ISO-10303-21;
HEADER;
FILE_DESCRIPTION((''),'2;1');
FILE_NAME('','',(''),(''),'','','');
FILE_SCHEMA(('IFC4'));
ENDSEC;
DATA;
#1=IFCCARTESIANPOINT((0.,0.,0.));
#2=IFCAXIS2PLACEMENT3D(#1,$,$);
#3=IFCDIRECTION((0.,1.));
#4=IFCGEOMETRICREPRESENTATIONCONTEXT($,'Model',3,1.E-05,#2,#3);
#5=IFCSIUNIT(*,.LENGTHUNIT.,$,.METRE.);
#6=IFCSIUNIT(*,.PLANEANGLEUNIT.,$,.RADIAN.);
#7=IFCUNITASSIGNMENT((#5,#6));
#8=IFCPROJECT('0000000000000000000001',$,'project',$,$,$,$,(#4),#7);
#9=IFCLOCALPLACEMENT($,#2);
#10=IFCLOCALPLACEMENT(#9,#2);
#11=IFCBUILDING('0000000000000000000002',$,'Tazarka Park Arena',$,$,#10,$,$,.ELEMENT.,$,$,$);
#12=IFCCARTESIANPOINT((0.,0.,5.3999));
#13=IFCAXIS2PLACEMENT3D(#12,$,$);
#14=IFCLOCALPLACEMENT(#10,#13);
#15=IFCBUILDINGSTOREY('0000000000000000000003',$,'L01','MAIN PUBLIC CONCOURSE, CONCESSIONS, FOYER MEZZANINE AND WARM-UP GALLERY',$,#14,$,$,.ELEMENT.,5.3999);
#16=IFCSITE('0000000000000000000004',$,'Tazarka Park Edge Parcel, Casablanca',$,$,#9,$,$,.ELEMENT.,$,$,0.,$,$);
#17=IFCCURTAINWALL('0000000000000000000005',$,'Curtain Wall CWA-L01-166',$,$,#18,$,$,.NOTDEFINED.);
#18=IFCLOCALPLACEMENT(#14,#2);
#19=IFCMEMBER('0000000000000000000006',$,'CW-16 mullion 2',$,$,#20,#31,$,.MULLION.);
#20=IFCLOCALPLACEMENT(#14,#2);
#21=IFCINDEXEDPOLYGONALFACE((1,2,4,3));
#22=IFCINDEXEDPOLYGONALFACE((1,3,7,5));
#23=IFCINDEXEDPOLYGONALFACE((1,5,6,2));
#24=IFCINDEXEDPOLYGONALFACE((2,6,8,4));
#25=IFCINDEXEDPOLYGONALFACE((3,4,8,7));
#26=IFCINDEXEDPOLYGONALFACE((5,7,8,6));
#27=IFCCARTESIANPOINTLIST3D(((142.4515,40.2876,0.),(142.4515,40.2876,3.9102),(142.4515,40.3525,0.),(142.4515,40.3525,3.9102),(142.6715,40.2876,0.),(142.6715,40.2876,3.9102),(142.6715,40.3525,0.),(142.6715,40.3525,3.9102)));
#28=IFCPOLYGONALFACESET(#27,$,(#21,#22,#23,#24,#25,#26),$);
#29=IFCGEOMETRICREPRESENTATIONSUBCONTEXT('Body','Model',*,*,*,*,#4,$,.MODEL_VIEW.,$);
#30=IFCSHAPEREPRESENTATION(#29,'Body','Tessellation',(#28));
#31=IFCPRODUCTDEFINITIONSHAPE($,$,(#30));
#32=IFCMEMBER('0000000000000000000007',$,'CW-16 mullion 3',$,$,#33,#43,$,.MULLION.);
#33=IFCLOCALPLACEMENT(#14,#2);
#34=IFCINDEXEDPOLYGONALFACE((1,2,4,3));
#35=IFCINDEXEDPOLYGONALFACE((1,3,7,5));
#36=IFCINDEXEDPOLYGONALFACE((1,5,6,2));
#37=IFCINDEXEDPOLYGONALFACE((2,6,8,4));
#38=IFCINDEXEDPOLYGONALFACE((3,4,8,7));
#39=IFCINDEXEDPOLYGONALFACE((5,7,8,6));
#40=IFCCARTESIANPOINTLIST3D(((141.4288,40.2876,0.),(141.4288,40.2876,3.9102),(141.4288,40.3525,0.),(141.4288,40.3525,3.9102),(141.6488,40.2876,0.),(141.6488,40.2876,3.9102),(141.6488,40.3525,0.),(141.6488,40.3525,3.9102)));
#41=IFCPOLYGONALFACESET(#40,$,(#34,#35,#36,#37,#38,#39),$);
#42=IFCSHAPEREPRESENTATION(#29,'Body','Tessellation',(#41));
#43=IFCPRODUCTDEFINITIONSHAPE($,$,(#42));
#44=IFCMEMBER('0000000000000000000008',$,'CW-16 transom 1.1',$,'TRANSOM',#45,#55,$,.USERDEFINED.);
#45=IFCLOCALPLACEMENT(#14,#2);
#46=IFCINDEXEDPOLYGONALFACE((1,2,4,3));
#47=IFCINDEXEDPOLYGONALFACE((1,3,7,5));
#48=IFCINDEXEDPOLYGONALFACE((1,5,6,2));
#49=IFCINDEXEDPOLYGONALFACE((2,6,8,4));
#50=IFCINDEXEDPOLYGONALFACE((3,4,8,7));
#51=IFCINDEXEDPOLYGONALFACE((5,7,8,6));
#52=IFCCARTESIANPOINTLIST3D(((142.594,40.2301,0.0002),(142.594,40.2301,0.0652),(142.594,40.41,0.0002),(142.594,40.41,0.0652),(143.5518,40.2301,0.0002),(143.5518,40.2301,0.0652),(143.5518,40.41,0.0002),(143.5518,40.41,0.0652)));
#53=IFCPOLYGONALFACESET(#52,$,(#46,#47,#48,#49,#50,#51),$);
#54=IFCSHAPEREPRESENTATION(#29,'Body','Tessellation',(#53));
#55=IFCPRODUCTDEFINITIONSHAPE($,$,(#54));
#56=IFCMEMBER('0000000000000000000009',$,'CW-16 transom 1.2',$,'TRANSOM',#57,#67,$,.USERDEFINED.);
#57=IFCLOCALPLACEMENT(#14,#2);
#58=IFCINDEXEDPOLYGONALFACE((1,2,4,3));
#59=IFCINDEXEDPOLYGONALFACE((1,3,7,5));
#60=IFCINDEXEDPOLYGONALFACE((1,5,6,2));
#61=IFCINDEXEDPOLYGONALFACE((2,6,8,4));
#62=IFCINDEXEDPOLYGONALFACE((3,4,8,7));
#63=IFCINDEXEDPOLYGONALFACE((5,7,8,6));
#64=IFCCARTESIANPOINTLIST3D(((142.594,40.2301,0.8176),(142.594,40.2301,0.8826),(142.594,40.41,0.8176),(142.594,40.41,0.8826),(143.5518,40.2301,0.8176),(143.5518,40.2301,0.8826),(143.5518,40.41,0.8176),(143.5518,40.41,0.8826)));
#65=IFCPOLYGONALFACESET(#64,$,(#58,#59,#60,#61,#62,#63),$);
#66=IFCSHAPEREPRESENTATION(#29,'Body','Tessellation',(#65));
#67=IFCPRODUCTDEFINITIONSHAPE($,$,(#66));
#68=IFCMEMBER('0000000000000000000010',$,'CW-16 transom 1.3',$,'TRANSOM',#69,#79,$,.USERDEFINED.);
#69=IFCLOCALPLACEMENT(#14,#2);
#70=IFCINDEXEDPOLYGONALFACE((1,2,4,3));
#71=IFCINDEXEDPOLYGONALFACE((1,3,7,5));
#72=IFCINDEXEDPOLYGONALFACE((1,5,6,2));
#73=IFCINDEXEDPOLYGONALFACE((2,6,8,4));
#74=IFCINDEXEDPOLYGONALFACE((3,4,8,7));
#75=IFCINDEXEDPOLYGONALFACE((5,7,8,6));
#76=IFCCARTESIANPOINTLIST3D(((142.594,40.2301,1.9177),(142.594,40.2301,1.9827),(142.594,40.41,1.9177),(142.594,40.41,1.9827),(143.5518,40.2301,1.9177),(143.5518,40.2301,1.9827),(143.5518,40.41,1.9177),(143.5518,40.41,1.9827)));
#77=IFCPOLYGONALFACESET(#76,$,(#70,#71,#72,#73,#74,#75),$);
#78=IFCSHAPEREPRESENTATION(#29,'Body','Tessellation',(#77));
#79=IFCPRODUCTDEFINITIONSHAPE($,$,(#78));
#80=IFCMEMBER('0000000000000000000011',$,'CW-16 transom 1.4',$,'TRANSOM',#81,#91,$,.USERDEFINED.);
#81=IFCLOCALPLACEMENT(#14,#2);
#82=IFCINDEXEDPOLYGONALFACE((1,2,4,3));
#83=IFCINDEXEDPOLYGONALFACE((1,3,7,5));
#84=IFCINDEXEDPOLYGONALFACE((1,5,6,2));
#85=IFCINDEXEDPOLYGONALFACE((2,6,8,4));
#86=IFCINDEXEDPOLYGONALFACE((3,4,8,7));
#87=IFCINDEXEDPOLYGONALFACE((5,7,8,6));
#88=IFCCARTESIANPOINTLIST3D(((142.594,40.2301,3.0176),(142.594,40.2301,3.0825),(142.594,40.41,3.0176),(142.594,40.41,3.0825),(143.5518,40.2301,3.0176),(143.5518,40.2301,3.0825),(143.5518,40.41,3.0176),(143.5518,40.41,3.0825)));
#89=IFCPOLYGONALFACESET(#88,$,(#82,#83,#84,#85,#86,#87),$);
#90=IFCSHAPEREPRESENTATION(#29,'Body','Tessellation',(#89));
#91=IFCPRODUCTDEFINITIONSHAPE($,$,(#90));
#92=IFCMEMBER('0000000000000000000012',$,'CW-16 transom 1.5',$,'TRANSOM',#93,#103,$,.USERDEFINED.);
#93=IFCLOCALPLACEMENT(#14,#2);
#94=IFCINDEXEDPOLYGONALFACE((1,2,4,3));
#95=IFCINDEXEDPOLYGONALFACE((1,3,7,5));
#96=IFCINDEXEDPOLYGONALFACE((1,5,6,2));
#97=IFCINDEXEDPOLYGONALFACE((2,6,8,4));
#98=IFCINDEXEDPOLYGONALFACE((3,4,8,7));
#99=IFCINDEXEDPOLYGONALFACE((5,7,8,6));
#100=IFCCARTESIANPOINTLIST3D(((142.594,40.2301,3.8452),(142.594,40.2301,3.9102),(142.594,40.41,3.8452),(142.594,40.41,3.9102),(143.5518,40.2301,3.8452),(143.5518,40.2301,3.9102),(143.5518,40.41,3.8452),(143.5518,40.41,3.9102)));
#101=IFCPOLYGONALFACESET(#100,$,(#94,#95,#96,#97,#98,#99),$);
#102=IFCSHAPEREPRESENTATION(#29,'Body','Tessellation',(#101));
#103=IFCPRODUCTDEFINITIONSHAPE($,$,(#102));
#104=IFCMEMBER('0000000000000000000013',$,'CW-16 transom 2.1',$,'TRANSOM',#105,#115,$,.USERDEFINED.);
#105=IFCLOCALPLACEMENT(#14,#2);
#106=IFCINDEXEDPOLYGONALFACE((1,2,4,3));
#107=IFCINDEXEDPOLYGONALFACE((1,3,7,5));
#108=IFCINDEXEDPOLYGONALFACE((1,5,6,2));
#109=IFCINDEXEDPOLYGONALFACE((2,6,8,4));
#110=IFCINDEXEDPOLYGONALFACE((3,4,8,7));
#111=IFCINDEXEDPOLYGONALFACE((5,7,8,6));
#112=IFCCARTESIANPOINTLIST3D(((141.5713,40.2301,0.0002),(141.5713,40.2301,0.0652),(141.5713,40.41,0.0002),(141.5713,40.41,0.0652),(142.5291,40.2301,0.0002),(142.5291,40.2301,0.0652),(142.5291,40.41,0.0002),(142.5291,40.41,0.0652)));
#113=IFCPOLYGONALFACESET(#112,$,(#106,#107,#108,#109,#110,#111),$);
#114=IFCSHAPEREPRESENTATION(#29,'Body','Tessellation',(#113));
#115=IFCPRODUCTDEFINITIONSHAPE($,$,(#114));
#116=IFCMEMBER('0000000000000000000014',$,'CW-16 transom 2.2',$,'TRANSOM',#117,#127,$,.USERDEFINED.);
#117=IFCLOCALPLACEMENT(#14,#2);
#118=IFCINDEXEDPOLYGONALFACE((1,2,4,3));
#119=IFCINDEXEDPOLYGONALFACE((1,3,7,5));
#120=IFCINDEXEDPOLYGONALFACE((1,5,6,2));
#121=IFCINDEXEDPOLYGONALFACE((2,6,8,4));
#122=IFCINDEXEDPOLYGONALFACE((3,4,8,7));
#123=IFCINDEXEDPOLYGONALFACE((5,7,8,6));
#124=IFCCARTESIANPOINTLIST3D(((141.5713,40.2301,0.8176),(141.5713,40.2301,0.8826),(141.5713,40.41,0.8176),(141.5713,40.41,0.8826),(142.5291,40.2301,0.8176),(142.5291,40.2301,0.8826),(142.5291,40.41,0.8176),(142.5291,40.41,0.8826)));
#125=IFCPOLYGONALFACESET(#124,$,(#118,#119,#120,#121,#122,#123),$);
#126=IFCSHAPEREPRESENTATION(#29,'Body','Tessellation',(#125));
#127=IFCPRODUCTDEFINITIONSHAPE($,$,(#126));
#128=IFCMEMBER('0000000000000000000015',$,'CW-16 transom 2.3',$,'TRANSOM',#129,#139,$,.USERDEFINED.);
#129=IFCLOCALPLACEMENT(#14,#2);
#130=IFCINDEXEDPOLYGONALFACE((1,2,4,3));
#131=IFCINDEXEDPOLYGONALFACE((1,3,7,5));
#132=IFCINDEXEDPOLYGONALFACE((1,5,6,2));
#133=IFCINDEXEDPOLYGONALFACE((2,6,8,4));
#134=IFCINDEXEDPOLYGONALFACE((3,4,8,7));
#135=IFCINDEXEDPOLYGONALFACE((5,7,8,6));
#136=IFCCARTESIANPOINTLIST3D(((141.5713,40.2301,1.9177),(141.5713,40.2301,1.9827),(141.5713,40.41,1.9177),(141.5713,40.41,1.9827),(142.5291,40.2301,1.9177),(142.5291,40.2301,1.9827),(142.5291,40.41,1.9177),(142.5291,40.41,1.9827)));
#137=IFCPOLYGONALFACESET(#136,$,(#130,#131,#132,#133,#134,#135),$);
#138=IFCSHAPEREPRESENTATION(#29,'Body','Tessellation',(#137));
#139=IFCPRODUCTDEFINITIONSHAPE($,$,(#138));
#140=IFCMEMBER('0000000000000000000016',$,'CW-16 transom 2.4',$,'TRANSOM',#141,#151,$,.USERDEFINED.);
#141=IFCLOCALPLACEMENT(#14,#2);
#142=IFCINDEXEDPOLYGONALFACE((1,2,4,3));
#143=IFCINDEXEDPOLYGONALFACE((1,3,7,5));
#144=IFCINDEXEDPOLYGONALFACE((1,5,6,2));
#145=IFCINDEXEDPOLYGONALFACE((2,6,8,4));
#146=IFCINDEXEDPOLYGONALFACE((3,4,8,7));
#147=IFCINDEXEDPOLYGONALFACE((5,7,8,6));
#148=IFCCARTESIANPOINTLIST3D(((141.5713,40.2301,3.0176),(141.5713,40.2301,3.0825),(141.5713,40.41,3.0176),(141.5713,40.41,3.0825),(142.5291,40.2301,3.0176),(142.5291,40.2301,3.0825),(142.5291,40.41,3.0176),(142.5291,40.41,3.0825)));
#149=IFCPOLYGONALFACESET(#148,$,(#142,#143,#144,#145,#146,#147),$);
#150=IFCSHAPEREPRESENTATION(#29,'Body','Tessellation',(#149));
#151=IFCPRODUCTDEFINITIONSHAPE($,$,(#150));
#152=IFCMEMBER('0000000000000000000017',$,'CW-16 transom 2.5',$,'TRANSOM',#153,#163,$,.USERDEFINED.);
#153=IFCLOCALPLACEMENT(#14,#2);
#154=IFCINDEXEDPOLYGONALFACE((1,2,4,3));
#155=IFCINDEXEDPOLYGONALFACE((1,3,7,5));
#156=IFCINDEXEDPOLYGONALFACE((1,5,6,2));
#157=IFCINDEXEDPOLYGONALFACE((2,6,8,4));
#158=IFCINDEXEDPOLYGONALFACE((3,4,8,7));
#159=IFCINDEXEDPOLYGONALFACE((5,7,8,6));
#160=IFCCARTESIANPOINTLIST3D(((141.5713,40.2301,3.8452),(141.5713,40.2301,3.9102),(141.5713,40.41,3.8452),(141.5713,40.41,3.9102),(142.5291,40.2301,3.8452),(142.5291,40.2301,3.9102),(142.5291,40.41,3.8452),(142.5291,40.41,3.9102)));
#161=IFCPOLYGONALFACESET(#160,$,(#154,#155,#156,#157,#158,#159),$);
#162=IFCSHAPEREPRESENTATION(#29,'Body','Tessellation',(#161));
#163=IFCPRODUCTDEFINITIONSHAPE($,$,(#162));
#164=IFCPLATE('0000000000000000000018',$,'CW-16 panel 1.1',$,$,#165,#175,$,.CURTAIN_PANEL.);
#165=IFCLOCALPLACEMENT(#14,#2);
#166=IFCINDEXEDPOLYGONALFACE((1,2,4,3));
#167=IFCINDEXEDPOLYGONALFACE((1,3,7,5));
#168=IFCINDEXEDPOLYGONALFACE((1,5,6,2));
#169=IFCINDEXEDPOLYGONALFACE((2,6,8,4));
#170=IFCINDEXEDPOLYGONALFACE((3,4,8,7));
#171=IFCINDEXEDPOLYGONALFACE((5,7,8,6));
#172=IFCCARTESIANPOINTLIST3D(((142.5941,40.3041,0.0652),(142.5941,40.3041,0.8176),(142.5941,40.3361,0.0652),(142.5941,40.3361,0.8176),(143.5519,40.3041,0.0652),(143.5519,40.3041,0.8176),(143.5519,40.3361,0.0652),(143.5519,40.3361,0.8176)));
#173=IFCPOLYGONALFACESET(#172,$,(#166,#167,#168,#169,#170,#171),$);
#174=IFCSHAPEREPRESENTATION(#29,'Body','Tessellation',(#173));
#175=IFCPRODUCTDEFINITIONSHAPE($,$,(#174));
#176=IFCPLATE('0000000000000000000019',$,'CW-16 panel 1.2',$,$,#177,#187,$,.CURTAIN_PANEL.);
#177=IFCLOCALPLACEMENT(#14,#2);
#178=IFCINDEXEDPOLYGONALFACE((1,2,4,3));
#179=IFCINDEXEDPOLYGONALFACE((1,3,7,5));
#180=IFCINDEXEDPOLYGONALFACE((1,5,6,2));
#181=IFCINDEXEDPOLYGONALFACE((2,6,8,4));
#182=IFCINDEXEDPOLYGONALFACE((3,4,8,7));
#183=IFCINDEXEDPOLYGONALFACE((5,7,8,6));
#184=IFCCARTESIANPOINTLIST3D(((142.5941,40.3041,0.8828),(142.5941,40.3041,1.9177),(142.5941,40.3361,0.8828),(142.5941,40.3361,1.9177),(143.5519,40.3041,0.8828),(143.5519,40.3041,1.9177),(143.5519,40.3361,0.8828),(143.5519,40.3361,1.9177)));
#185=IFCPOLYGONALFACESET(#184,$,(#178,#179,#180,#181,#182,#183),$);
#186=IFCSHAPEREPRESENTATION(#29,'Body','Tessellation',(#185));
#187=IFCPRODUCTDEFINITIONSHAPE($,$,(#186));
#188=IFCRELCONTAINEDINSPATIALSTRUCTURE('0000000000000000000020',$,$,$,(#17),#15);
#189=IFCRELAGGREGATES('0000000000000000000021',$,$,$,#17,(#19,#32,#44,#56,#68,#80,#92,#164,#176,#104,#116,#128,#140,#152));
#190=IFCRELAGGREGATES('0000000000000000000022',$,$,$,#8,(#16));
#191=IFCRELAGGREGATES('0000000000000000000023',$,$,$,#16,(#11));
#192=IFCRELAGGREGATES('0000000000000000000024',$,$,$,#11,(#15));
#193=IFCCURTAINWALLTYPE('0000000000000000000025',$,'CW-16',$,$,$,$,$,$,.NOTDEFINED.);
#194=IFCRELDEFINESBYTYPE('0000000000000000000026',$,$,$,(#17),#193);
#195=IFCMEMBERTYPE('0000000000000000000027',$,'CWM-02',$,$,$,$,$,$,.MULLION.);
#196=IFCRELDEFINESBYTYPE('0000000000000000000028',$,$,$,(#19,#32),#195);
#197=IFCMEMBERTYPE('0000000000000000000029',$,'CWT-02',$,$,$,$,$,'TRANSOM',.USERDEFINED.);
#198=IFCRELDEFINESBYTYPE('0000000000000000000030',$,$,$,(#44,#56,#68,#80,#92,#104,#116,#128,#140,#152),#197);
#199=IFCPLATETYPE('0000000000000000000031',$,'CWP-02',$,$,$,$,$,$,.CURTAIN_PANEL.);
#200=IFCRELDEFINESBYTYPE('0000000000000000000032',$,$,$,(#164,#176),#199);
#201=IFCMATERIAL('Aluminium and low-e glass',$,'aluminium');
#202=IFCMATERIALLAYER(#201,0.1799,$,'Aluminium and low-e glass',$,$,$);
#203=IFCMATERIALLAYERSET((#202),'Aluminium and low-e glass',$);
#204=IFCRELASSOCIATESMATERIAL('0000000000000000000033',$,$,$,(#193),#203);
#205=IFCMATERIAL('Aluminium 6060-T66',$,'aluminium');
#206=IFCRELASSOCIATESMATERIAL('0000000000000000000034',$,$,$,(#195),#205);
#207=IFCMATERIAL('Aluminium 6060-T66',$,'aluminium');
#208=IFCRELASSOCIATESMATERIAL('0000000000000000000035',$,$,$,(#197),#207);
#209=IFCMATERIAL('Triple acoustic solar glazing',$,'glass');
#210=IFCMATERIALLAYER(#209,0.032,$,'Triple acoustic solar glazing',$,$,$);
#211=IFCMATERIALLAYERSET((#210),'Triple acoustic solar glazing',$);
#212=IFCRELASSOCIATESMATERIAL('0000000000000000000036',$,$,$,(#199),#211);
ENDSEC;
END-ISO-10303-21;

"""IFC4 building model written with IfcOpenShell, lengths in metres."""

from ifc_helpers import new_model, si_unit, direction, frame, origin, origin_2d, place, context, subcontext, project, spatial, rectangle, extrude, material, layer, layer_set, material_profile, profile_set, type_object, element, aggregate, save


model = new_model("IFC4")

# Units and contexts
model_context = context("Model", 3, precision=1e-05, world=origin(), true_north=direction((0.0, 1.0)))
body_context = subcontext(model_context, "Body", "Model", "MODEL_VIEW")
ifc_project = project(units=[si_unit("LENGTHUNIT", "METRE"), si_unit("PLANEANGLEUNIT", "RADIAN")], contexts=[model_context])

# Site, building, storey
site_placement = place(None, origin())
site = spatial("IfcSite", under=ifc_project, at=site_placement, Name="Tazarka Park Edge Parcel, Casablanca", CompositionType="ELEMENT", RefElevation=0.0)
building_placement = place(site_placement, origin())
building = spatial("IfcBuilding", under=site, at=building_placement, Name="Tazarka Park Arena", CompositionType="ELEMENT")
storey_placement = place(building_placement, frame((0.0, 0.0, 5.3999)))
storey = spatial("IfcBuildingStorey", under=building, at=storey_placement, Name="L01", Description="MAIN PUBLIC CONCOURSE, CONCESSIONS, FOYER MEZZANINE AND WARM-UP GALLERY", CompositionType="ELEMENT", Elevation=5.3999)

# Curtain wall, members, plates
ifc_material_1 = material(Name="Aluminium and low-e glass", Category="aluminium")
ifc_layer_1 = layer(ifc_material_1, 0.1799, Name="Aluminium and low-e glass")
ifc_layer_set_1 = layer_set([ifc_layer_1], Name="Aluminium and low-e glass")
curtain_wall_type_1 = type_object("IfcCurtainWallType", Name="CW-16", PredefinedType="NOTDEFINED", material=ifc_layer_set_1)
curtain_wall_1_placement = place(storey_placement, origin())
curtain_wall_1 = element("IfcCurtainWall", 1, at=curtain_wall_1_placement, inside=storey, type_object=curtain_wall_type_1, Name="Curtain Wall CWA-L01-166", PredefinedType="NOTDEFINED")
ifc_material_2 = material(Name="Aluminium 6060-T66", Category="aluminium")
ifc_material_profile_1 = material_profile(ifc_material_2, rectangle(XDim=0.0649, YDim=0.22, at=origin_2d()), Name="Aluminium 6060-T66")
ifc_profile_set_1 = profile_set([ifc_material_profile_1], Name="Aluminium 6060-T66")
member_type_1 = type_object("IfcMemberType", Name="CWM-02", PredefinedType="MULLION", material=ifc_profile_set_1)
member_1_placement = place(storey_placement, frame((142.5615, 40.3201, 0.0), z_axis=(0.0, 0.0, 1.0), x_axis=(0.0, -1.0, 0.0)))
member_1 = element("IfcMember", 2, at=member_1_placement, type_object=member_type_1, Name="CW-16 mullion 2", PredefinedType="MULLION", context=body_context, shape_type="SweptSolid", body=[
    extrude(rectangle(XDim=0.0649, YDim=0.22, at=origin_2d()), origin(), (0.0, 0.0, 1.0), 3.9102),
])
member_2_placement = place(storey_placement, frame((141.5388, 40.3201, 0.0), z_axis=(0.0, 0.0, 1.0), x_axis=(0.0, -1.0, 0.0)))
member_2 = element("IfcMember", 3, at=member_2_placement, type_object=member_type_1, Name="CW-16 mullion 3", PredefinedType="MULLION", context=body_context, shape_type="SweptSolid", body=[
    extrude(rectangle(XDim=0.0649, YDim=0.22, at=origin_2d()), origin(), (0.0, 0.0, 1.0), 3.9102),
])
ifc_material_3 = material(Name="Aluminium 6060-T66", Category="aluminium")
ifc_material_profile_2 = material_profile(ifc_material_3, rectangle(XDim=0.1799, YDim=0.0649, at=origin_2d()), Name="Aluminium 6060-T66")
ifc_profile_set_2 = profile_set([ifc_material_profile_2], Name="Aluminium 6060-T66")
member_type_2 = type_object("IfcMemberType", Name="CWT-02", ElementType="TRANSOM", PredefinedType="USERDEFINED", material=ifc_profile_set_2)
member_3_placement = place(storey_placement, frame((143.5518, 40.3201, 0.0327), z_axis=(-1.0, 0.0, 0.0), x_axis=(0.0, -1.0, 0.0)))
member_3 = element("IfcMember", 4, at=member_3_placement, type_object=member_type_2, Name="CW-16 transom 1.1", ObjectType="TRANSOM", PredefinedType="USERDEFINED", context=body_context, shape_type="SweptSolid", body=[
    extrude(rectangle(XDim=0.1799, YDim=0.0649, at=origin_2d()), origin(), (0.0, 0.0, 1.0), 0.9578),
])
member_4_placement = place(storey_placement, frame((143.5518, 40.3201, 0.8501), z_axis=(-1.0, 0.0, 0.0), x_axis=(0.0, -1.0, 0.0)))
member_4 = element("IfcMember", 5, at=member_4_placement, type_object=member_type_2, Name="CW-16 transom 1.2", ObjectType="TRANSOM", PredefinedType="USERDEFINED", context=body_context, shape_type="SweptSolid", body=[
    extrude(rectangle(XDim=0.1799, YDim=0.0649, at=origin_2d()), origin(), (0.0, 0.0, 1.0), 0.9578),
])
member_5_placement = place(storey_placement, frame((143.5518, 40.3201, 1.9502), z_axis=(-1.0, 0.0, 0.0), x_axis=(0.0, -1.0, 0.0)))
member_5 = element("IfcMember", 6, at=member_5_placement, type_object=member_type_2, Name="CW-16 transom 1.3", ObjectType="TRANSOM", PredefinedType="USERDEFINED", context=body_context, shape_type="SweptSolid", body=[
    extrude(rectangle(XDim=0.1799, YDim=0.0649, at=origin_2d()), origin(), (0.0, 0.0, 1.0), 0.9578),
])
member_6_placement = place(storey_placement, frame((143.5518, 40.3201, 3.05), z_axis=(-1.0, 0.0, 0.0), x_axis=(0.0, -1.0, 0.0)))
member_6 = element("IfcMember", 7, at=member_6_placement, type_object=member_type_2, Name="CW-16 transom 1.4", ObjectType="TRANSOM", PredefinedType="USERDEFINED", context=body_context, shape_type="SweptSolid", body=[
    extrude(rectangle(XDim=0.1799, YDim=0.0649, at=origin_2d()), origin(), (0.0, 0.0, 1.0), 0.9578),
])
member_7_placement = place(storey_placement, frame((143.5518, 40.3201, 3.8777), z_axis=(-1.0, 0.0, 0.0), x_axis=(0.0, -1.0, 0.0)))
member_7 = element("IfcMember", 8, at=member_7_placement, type_object=member_type_2, Name="CW-16 transom 1.5", ObjectType="TRANSOM", PredefinedType="USERDEFINED", context=body_context, shape_type="SweptSolid", body=[
    extrude(rectangle(XDim=0.1799, YDim=0.0649, at=origin_2d()), origin(), (0.0, 0.0, 1.0), 0.9578),
])
member_8_placement = place(storey_placement, frame((142.5291, 40.3201, 0.0327), z_axis=(-1.0, 0.0, 0.0), x_axis=(0.0, -1.0, 0.0)))
member_8 = element("IfcMember", 9, at=member_8_placement, type_object=member_type_2, Name="CW-16 transom 2.1", ObjectType="TRANSOM", PredefinedType="USERDEFINED", context=body_context, shape_type="SweptSolid", body=[
    extrude(rectangle(XDim=0.1799, YDim=0.0649, at=origin_2d()), origin(), (0.0, 0.0, 1.0), 0.9578),
])
member_9_placement = place(storey_placement, frame((142.5291, 40.3201, 0.8501), z_axis=(-1.0, 0.0, 0.0), x_axis=(0.0, -1.0, 0.0)))
member_9 = element("IfcMember", 10, at=member_9_placement, type_object=member_type_2, Name="CW-16 transom 2.2", ObjectType="TRANSOM", PredefinedType="USERDEFINED", context=body_context, shape_type="SweptSolid", body=[
    extrude(rectangle(XDim=0.1799, YDim=0.0649, at=origin_2d()), origin(), (0.0, 0.0, 1.0), 0.9578),
])
member_10_placement = place(storey_placement, frame((142.5291, 40.3201, 1.9502), z_axis=(-1.0, 0.0, 0.0), x_axis=(0.0, -1.0, 0.0)))
member_10 = element("IfcMember", 11, at=member_10_placement, type_object=member_type_2, Name="CW-16 transom 2.3", ObjectType="TRANSOM", PredefinedType="USERDEFINED", context=body_context, shape_type="SweptSolid", body=[
    extrude(rectangle(XDim=0.1799, YDim=0.0649, at=origin_2d()), origin(), (0.0, 0.0, 1.0), 0.9578),
])
member_11_placement = place(storey_placement, frame((142.5291, 40.3201, 3.05), z_axis=(-1.0, 0.0, 0.0), x_axis=(0.0, -1.0, 0.0)))
member_11 = element("IfcMember", 12, at=member_11_placement, type_object=member_type_2, Name="CW-16 transom 2.4", ObjectType="TRANSOM", PredefinedType="USERDEFINED", context=body_context, shape_type="SweptSolid", body=[
    extrude(rectangle(XDim=0.1799, YDim=0.0649, at=origin_2d()), origin(), (0.0, 0.0, 1.0), 0.9578),
])
member_12_placement = place(storey_placement, frame((142.5291, 40.3201, 3.8777), z_axis=(-1.0, 0.0, 0.0), x_axis=(0.0, -1.0, 0.0)))
member_12 = element("IfcMember", 13, at=member_12_placement, type_object=member_type_2, Name="CW-16 transom 2.5", ObjectType="TRANSOM", PredefinedType="USERDEFINED", context=body_context, shape_type="SweptSolid", body=[
    extrude(rectangle(XDim=0.1799, YDim=0.0649, at=origin_2d()), origin(), (0.0, 0.0, 1.0), 0.9578),
])
ifc_material_4 = material(Name="Triple acoustic solar glazing", Category="glass")
ifc_layer_2 = layer(ifc_material_4, 0.032, Name="Triple acoustic solar glazing")
ifc_layer_set_2 = layer_set([ifc_layer_2], Name="Triple acoustic solar glazing")
plate_type_1 = type_object("IfcPlateType", Name="CWP-02", PredefinedType="CURTAIN_PANEL", material=ifc_layer_set_2)
plate_1_placement = place(storey_placement, frame((143.073, 40.3201, 0.0652), z_axis=(0.0, 0.0, 1.0), x_axis=(-1.0, 0.0, 0.0)))
plate_1 = element("IfcPlate", 14, at=plate_1_placement, type_object=plate_type_1, Name="CW-16 panel 1.1", PredefinedType="CURTAIN_PANEL", context=body_context, shape_type="SweptSolid", body=[
    extrude(rectangle(XDim=0.9578, YDim=0.032, at=origin_2d()), origin(), (0.0, 0.0, 1.0), 0.7524),
])
plate_2_placement = place(storey_placement, frame((143.073, 40.3201, 0.8828), z_axis=(0.0, 0.0, 1.0), x_axis=(-1.0, 0.0, 0.0)))
plate_2 = element("IfcPlate", 15, at=plate_2_placement, type_object=plate_type_1, Name="CW-16 panel 1.2", PredefinedType="CURTAIN_PANEL", context=body_context, shape_type="SweptSolid", body=[
    extrude(rectangle(XDim=0.9578, YDim=0.032, at=origin_2d()), origin(), (0.0, 0.0, 1.0), 1.0349),
])
aggregate(curtain_wall_1, [member_1, member_2, member_3, member_4, member_5, member_6, member_7, plate_1, plate_2, member_8, member_9, member_10, member_11, member_12])

save(model, "model.ifc")
